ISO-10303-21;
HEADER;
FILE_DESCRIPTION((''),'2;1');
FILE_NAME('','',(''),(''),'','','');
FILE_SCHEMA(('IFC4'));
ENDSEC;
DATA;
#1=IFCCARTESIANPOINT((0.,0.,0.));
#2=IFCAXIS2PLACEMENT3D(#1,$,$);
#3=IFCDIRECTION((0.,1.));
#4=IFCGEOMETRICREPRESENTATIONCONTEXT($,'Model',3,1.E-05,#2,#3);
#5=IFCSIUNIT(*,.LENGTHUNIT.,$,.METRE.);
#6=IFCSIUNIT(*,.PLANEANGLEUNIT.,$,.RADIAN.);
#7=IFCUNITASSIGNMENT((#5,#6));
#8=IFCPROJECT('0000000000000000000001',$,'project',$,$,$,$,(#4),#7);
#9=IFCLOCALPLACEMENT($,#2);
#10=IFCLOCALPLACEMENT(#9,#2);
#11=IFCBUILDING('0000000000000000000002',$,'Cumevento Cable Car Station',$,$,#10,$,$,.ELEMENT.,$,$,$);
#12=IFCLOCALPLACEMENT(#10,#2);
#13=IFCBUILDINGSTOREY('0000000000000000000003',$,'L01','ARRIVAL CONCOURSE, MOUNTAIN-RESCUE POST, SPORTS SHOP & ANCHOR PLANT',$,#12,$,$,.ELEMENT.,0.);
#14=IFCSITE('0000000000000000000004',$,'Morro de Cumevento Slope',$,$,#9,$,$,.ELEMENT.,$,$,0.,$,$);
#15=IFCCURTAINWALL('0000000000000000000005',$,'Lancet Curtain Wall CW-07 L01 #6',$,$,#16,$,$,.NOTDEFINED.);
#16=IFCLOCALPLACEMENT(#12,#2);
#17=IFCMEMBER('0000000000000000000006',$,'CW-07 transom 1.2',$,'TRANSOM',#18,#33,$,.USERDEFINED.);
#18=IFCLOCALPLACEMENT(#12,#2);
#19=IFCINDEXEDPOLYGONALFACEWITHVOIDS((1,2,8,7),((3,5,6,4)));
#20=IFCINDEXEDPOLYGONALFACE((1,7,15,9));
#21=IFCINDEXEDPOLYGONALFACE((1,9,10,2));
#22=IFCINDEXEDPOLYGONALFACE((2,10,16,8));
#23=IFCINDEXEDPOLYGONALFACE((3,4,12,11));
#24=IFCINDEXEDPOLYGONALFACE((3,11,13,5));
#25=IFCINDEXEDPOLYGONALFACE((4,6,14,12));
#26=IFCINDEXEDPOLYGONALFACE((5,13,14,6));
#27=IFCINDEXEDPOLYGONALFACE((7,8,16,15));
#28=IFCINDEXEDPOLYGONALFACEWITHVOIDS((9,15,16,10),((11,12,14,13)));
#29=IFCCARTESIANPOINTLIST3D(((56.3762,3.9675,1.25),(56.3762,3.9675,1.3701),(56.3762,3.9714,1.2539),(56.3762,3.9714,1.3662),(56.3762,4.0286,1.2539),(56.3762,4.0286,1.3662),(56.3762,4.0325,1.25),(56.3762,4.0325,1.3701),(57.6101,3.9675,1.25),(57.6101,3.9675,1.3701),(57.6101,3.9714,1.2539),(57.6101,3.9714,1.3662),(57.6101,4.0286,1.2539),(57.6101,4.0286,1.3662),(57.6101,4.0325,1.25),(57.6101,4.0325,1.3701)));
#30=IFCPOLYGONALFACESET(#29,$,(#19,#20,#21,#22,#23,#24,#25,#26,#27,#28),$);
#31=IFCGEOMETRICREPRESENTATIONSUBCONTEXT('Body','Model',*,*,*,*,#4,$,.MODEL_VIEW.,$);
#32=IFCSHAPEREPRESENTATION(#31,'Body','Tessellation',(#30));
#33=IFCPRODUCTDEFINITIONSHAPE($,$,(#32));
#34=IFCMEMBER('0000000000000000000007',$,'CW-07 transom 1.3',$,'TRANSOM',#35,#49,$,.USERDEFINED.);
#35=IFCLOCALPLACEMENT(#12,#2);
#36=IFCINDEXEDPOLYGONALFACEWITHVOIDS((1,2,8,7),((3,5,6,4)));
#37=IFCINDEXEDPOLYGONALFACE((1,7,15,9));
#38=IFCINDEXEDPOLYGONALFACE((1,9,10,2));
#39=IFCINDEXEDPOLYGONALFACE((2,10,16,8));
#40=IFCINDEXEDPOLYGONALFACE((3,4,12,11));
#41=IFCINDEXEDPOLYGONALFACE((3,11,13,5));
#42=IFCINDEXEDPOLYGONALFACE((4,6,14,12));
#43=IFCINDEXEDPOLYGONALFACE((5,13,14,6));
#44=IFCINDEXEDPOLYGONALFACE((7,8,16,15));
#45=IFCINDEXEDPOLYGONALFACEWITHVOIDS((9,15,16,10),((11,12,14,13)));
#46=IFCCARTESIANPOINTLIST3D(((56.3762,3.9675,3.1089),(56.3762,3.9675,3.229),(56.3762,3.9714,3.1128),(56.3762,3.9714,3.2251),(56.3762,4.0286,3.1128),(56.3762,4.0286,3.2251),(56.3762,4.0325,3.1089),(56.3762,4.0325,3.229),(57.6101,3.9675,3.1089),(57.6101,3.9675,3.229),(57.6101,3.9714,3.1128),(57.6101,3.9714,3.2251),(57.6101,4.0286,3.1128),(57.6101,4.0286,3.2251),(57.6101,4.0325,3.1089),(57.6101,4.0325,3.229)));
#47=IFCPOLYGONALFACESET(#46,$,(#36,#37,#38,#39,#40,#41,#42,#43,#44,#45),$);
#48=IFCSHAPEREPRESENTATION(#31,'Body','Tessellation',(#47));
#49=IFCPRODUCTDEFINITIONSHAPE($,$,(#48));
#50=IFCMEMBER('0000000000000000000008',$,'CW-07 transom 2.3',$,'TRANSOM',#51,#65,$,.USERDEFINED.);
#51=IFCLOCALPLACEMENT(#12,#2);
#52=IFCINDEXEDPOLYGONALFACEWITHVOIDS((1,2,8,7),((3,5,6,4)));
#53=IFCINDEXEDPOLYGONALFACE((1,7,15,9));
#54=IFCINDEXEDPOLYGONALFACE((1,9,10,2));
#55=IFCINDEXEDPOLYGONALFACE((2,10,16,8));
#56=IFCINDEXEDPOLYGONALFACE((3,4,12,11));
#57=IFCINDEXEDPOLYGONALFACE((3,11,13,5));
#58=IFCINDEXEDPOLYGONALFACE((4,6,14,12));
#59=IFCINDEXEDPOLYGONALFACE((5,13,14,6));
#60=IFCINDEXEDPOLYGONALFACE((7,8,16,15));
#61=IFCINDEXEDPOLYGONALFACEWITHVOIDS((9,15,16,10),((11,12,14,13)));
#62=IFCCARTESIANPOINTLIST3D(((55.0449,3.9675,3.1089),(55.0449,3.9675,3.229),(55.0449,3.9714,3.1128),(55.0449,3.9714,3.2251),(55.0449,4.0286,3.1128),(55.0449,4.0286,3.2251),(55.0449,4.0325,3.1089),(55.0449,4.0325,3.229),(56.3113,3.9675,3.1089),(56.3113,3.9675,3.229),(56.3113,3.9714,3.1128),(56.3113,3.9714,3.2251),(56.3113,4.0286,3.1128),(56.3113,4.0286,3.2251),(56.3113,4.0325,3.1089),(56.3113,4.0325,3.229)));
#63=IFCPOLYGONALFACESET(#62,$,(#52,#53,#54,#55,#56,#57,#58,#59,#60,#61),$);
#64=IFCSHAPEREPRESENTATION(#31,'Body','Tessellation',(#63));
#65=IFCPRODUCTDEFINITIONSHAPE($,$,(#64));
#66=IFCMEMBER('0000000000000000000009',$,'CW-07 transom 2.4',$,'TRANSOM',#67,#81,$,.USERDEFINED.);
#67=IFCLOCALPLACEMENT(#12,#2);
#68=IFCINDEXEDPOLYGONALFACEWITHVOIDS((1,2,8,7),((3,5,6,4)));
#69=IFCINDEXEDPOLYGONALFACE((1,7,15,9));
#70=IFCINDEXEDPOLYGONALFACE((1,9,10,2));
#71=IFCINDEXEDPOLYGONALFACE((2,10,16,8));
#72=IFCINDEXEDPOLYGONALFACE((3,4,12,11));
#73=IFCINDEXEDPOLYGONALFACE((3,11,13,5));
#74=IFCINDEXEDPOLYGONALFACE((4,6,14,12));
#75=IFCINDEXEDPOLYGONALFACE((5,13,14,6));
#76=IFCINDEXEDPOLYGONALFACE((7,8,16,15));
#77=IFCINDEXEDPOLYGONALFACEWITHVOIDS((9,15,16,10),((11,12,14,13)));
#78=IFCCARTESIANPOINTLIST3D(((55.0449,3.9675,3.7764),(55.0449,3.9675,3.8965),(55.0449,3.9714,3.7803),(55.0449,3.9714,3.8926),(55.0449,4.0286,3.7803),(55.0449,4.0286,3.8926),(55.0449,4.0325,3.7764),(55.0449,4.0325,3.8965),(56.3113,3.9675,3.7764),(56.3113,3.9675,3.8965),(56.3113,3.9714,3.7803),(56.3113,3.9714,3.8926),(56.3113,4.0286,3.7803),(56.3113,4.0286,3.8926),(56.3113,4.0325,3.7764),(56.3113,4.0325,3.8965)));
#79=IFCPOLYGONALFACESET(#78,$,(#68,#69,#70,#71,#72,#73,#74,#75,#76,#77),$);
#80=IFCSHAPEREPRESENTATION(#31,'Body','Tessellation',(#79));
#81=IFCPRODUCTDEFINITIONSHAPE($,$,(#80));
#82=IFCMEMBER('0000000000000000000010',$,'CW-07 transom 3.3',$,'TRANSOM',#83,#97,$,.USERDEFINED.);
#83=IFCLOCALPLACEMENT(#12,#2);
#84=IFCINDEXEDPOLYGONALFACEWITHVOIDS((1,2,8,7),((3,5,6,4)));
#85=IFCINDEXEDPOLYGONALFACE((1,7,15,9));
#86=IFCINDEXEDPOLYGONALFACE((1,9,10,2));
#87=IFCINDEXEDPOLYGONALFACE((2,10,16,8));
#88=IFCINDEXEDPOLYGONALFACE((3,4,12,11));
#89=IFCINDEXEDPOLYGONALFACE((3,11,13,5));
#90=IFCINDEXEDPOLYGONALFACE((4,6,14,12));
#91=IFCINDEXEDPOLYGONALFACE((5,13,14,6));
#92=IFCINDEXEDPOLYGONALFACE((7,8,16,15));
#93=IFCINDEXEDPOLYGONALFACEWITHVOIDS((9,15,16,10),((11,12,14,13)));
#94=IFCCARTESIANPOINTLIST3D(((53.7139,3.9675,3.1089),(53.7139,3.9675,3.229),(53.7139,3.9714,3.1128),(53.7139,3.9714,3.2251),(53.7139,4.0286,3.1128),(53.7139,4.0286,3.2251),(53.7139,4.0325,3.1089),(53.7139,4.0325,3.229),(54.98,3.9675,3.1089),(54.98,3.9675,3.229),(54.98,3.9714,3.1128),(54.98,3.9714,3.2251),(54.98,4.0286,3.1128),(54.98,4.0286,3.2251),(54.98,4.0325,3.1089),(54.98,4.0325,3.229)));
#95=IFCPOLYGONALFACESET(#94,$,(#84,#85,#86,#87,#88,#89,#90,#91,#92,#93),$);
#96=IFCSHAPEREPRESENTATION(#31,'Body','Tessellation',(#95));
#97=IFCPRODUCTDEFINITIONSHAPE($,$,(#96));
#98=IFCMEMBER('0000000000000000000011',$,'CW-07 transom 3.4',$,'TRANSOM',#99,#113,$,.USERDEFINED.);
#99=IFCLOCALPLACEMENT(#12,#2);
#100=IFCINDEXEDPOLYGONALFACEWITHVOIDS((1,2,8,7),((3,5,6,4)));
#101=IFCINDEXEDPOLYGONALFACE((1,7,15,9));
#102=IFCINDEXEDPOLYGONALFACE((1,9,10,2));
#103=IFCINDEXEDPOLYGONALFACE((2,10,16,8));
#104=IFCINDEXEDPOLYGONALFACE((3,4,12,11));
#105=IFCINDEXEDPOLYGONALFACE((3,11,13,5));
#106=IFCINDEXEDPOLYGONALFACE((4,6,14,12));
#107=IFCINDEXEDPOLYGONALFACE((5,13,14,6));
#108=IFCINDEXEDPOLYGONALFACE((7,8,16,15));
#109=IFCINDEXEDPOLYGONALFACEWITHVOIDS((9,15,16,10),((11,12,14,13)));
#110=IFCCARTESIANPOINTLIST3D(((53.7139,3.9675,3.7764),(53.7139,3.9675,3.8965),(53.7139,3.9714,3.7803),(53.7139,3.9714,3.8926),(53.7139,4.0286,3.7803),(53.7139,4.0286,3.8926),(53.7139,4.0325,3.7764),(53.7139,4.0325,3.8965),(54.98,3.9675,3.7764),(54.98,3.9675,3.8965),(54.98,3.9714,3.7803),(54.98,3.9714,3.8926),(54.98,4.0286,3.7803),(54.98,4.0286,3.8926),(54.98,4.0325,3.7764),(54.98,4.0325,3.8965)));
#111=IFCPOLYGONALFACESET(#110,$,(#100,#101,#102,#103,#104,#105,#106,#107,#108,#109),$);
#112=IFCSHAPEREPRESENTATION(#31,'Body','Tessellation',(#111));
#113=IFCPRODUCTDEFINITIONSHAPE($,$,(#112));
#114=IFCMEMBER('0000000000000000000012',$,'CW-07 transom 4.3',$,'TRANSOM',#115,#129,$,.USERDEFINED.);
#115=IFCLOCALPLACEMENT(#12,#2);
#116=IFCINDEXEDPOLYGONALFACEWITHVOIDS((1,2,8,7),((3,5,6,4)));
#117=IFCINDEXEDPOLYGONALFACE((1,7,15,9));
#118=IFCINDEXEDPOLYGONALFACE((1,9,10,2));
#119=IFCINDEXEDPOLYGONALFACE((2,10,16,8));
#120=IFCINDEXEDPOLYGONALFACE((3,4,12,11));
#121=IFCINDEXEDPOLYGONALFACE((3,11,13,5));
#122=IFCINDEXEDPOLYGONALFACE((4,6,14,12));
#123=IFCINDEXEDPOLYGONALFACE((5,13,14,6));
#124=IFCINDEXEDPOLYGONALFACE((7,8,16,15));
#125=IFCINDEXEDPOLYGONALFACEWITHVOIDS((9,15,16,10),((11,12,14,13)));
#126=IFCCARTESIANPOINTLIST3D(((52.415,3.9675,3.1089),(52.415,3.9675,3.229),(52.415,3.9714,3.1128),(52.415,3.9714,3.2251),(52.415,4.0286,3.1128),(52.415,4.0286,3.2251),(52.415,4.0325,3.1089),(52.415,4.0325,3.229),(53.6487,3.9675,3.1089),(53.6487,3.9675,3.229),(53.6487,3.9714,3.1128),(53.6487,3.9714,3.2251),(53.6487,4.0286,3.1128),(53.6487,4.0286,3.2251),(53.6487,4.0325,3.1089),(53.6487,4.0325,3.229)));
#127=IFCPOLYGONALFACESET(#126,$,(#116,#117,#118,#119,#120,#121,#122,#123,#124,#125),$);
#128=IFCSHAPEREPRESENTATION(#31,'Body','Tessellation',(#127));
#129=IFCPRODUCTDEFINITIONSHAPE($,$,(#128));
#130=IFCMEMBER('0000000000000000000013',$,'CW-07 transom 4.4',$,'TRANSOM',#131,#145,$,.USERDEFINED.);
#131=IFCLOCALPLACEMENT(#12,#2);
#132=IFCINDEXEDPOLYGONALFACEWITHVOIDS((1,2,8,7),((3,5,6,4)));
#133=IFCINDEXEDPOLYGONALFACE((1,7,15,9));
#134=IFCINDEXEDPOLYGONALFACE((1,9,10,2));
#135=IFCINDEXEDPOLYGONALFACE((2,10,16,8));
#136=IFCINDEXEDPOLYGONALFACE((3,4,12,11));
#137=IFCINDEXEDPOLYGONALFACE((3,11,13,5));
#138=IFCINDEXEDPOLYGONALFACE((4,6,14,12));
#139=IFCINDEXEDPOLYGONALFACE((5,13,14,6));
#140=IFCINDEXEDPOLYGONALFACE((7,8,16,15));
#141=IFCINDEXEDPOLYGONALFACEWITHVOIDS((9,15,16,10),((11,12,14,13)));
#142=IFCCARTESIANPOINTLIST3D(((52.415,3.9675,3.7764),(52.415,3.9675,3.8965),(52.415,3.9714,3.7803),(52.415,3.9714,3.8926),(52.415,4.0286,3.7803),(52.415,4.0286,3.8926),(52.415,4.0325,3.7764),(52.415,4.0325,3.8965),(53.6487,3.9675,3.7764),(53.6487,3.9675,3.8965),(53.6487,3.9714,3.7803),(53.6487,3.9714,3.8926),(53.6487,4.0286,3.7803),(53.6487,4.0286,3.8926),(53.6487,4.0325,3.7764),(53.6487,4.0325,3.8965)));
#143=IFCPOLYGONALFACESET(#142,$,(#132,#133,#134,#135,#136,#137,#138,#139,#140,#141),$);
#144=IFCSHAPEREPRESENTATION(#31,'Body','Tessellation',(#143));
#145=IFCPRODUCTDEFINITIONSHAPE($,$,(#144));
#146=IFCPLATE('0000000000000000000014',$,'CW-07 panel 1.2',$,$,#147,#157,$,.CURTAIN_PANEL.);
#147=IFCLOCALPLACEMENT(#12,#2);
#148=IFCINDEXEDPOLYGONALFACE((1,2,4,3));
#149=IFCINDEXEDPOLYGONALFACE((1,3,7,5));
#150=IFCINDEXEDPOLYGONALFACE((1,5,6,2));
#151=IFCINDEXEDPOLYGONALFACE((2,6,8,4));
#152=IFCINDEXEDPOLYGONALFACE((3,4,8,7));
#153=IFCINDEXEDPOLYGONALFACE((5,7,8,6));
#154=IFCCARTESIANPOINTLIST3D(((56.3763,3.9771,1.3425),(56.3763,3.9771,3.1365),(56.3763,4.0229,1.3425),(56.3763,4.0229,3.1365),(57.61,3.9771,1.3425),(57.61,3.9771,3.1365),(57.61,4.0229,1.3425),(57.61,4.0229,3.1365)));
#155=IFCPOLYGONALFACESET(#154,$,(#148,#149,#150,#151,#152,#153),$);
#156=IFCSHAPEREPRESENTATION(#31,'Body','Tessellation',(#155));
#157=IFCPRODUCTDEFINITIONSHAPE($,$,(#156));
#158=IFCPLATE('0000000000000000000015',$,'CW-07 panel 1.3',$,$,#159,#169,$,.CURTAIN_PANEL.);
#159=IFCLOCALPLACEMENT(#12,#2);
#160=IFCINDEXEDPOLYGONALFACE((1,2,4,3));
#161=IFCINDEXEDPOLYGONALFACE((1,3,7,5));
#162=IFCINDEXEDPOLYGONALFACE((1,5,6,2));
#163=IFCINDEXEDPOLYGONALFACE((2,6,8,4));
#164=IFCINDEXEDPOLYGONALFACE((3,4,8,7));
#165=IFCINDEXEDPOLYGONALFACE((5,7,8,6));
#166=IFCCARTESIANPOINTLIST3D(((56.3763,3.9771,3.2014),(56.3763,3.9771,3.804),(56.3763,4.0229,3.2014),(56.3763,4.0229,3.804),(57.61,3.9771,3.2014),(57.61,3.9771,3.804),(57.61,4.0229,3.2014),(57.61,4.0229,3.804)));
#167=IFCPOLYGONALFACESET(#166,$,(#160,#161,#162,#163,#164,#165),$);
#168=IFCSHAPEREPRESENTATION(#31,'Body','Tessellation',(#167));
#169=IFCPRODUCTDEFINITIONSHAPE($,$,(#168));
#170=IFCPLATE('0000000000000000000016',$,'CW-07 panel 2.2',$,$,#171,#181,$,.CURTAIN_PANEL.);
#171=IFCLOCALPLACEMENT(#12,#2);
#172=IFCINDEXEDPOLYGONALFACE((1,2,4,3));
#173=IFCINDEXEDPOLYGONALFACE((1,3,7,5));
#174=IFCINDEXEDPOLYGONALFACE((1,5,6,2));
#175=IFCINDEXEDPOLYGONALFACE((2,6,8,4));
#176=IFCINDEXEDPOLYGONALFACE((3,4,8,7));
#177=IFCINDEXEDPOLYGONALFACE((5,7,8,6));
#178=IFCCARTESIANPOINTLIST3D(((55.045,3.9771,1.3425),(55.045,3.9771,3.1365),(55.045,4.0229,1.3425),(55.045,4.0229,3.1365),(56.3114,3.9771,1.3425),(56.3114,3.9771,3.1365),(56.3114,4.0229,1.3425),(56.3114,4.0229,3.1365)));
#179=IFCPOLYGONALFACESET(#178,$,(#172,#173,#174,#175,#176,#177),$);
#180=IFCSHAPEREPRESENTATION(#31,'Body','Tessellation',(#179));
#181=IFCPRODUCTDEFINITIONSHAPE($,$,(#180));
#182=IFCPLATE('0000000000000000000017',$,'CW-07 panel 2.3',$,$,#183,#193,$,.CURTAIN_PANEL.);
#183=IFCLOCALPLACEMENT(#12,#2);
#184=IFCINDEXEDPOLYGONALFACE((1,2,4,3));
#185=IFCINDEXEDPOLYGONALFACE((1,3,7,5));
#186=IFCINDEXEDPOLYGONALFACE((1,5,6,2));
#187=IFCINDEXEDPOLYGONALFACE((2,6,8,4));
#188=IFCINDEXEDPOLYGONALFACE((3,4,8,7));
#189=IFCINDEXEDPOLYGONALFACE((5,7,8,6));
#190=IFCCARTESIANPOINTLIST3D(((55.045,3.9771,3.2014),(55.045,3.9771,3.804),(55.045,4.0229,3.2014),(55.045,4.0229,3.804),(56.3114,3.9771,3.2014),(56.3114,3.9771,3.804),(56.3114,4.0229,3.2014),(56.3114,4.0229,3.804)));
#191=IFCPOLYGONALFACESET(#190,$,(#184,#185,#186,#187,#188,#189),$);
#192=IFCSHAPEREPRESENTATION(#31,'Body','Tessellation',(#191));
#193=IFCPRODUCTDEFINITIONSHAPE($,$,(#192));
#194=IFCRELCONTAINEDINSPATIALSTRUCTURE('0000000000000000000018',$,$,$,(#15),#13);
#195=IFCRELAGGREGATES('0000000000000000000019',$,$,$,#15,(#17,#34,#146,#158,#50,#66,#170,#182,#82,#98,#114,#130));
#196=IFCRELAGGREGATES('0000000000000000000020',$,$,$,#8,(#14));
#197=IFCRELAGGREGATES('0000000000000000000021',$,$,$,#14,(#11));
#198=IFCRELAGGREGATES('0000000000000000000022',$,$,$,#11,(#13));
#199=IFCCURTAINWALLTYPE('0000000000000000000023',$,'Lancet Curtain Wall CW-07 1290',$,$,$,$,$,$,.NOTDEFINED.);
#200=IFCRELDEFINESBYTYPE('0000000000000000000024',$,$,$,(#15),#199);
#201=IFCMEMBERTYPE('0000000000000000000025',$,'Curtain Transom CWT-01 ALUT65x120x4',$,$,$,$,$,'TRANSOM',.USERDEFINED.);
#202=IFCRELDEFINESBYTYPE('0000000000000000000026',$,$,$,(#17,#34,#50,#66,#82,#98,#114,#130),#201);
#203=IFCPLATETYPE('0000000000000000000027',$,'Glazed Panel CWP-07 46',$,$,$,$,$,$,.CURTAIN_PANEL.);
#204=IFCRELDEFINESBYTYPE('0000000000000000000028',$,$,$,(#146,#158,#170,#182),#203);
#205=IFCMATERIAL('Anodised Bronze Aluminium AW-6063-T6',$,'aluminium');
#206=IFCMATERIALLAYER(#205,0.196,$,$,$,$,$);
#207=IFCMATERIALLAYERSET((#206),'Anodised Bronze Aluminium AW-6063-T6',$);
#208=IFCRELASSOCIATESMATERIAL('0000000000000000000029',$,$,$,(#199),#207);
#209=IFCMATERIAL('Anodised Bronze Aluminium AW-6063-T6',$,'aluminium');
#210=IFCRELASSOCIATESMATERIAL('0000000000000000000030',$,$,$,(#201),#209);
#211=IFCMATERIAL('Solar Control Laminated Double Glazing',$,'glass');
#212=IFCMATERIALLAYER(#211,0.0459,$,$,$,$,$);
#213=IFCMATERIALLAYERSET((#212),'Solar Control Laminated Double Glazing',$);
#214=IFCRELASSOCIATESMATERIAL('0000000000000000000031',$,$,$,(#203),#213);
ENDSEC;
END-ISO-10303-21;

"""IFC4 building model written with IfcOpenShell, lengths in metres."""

from ifc_helpers import new_model, si_unit, direction, frame, origin, origin_2d, place, context, subcontext, project, spatial, rectangle, hollow_rectangle, extrude, material, layer, layer_set, material_profile, profile_set, type_object, element, aggregate, save


model = new_model("IFC4")

# Units and contexts
model_context = context("Model", 3, precision=1e-05, world=origin(), true_north=direction((0.0, 1.0)))
body_context = subcontext(model_context, "Body", "Model", "MODEL_VIEW")
ifc_project = project(units=[si_unit("LENGTHUNIT", "METRE"), si_unit("PLANEANGLEUNIT", "RADIAN")], contexts=[model_context])

# Site, building, storey
site_placement = place(None, origin())
site = spatial("IfcSite", under=ifc_project, at=site_placement, Name="Morro de Cumevento Slope", CompositionType="ELEMENT", RefElevation=0.0)
building_placement = place(site_placement, origin())
building = spatial("IfcBuilding", under=site, at=building_placement, Name="Cumevento Cable Car Station", CompositionType="ELEMENT")
storey_placement = place(building_placement, origin())
storey = spatial("IfcBuildingStorey", under=building, at=storey_placement, Name="L01", Description="ARRIVAL CONCOURSE, MOUNTAIN-RESCUE POST, SPORTS SHOP & ANCHOR PLANT", CompositionType="ELEMENT", Elevation=0.0)

# Curtain wall, members, plates
ifc_material_1 = material(Name="Anodised Bronze Aluminium AW-6063-T6", Category="aluminium")
ifc_layer_1 = layer(ifc_material_1, 0.196)
ifc_layer_set_1 = layer_set([ifc_layer_1], Name="Anodised Bronze Aluminium AW-6063-T6")
curtain_wall_type = type_object("IfcCurtainWallType", Name="Lancet Curtain Wall CW-07 1290", PredefinedType="NOTDEFINED", material=ifc_layer_set_1)
curtain_wall_placement = place(storey_placement, origin())
curtain_wall = element("IfcCurtainWall", 1, at=curtain_wall_placement, inside=storey, type_object=curtain_wall_type, Name="Lancet Curtain Wall CW-07 L01 #6", PredefinedType="NOTDEFINED")
ifc_material_2 = material(Name="Anodised Bronze Aluminium AW-6063-T6", Category="aluminium")
ifc_material_profile = material_profile(ifc_material_2, hollow_rectangle(XDim=0.0649, YDim=0.1201, WallThickness=0.0039, at=origin_2d()), Name="ALUT65x120x4")
ifc_profile_set = profile_set([ifc_material_profile], Name="Anodised Bronze Aluminium AW-6063-T6")
member_type = type_object("IfcMemberType", Name="Curtain Transom CWT-01 ALUT65x120x4", ElementType="TRANSOM", PredefinedType="USERDEFINED", material=ifc_profile_set)
member_1_placement = place(storey_placement, frame((57.6101, 4.0, 1.3101), z_axis=(-1.0, 0.0, 0.0), x_axis=(0.0, -1.0, 0.0)))
member_1 = element("IfcMember", 2, at=member_1_placement, type_object=member_type, Name="CW-07 transom 1.2", ObjectType="TRANSOM", PredefinedType="USERDEFINED", context=body_context, shape_type="SweptSolid", body=[
    extrude(hollow_rectangle(XDim=0.0649, YDim=0.1201, WallThickness=0.0039, at=origin_2d()), origin(), (0.0, 0.0, 1.0), 1.2339),
])
member_2_placement = place(storey_placement, frame((57.6101, 4.0, 3.1689), z_axis=(-1.0, 0.0, 0.0), x_axis=(0.0, -1.0, 0.0)))
member_2 = element("IfcMember", 3, at=member_2_placement, type_object=member_type, Name="CW-07 transom 1.3", ObjectType="TRANSOM", PredefinedType="USERDEFINED", context=body_context, shape_type="SweptSolid", body=[
    extrude(hollow_rectangle(XDim=0.0649, YDim=0.1201, WallThickness=0.0039, at=origin_2d()), origin(), (0.0, 0.0, 1.0), 1.2339),
])
member_3_placement = place(storey_placement, frame((56.3113, 4.0, 3.1689), z_axis=(-1.0, 0.0, 0.0), x_axis=(0.0, -1.0, 0.0)))
member_3 = element("IfcMember", 4, at=member_3_placement, type_object=member_type, Name="CW-07 transom 2.3", ObjectType="TRANSOM", PredefinedType="USERDEFINED", context=body_context, shape_type="SweptSolid", body=[
    extrude(hollow_rectangle(XDim=0.0649, YDim=0.1201, WallThickness=0.0039, at=origin_2d()), origin(), (0.0, 0.0, 1.0), 1.2664),
])
member_4_placement = place(storey_placement, frame((56.3113, 4.0, 3.8364), z_axis=(-1.0, 0.0, 0.0), x_axis=(0.0, -1.0, 0.0)))
member_4 = element("IfcMember", 5, at=member_4_placement, type_object=member_type, Name="CW-07 transom 2.4", ObjectType="TRANSOM", PredefinedType="USERDEFINED", context=body_context, shape_type="SweptSolid", body=[
    extrude(hollow_rectangle(XDim=0.0649, YDim=0.1201, WallThickness=0.0039, at=origin_2d()), origin(), (0.0, 0.0, 1.0), 1.2664),
])
member_5_placement = place(storey_placement, frame((54.98, 4.0, 3.1689), z_axis=(-1.0, 0.0, 0.0), x_axis=(0.0, -1.0, 0.0)))
member_5 = element("IfcMember", 6, at=member_5_placement, type_object=member_type, Name="CW-07 transom 3.3", ObjectType="TRANSOM", PredefinedType="USERDEFINED", context=body_context, shape_type="SweptSolid", body=[
    extrude(hollow_rectangle(XDim=0.0649, YDim=0.1201, WallThickness=0.0039, at=origin_2d()), origin(), (0.0, 0.0, 1.0), 1.2661),
])
member_6_placement = place(storey_placement, frame((54.98, 4.0, 3.8364), z_axis=(-1.0, 0.0, 0.0), x_axis=(0.0, -1.0, 0.0)))
member_6 = element("IfcMember", 7, at=member_6_placement, type_object=member_type, Name="CW-07 transom 3.4", ObjectType="TRANSOM", PredefinedType="USERDEFINED", context=body_context, shape_type="SweptSolid", body=[
    extrude(hollow_rectangle(XDim=0.0649, YDim=0.1201, WallThickness=0.0039, at=origin_2d()), origin(), (0.0, 0.0, 1.0), 1.2661),
])
member_7_placement = place(storey_placement, frame((53.6487, 4.0, 3.1689), z_axis=(-1.0, 0.0, 0.0), x_axis=(0.0, -1.0, 0.0)))
member_7 = element("IfcMember", 8, at=member_7_placement, type_object=member_type, Name="CW-07 transom 4.3", ObjectType="TRANSOM", PredefinedType="USERDEFINED", context=body_context, shape_type="SweptSolid", body=[
    extrude(hollow_rectangle(XDim=0.0649, YDim=0.1201, WallThickness=0.0039, at=origin_2d()), origin(), (0.0, 0.0, 1.0), 1.2336),
])
member_8_placement = place(storey_placement, frame((53.6487, 4.0, 3.8364), z_axis=(-1.0, 0.0, 0.0), x_axis=(0.0, -1.0, 0.0)))
member_8 = element("IfcMember", 9, at=member_8_placement, type_object=member_type, Name="CW-07 transom 4.4", ObjectType="TRANSOM", PredefinedType="USERDEFINED", context=body_context, shape_type="SweptSolid", body=[
    extrude(hollow_rectangle(XDim=0.0649, YDim=0.1201, WallThickness=0.0039, at=origin_2d()), origin(), (0.0, 0.0, 1.0), 1.2336),
])
ifc_material_3 = material(Name="Solar Control Laminated Double Glazing", Category="glass")
ifc_layer_2 = layer(ifc_material_3, 0.0459)
ifc_layer_set_2 = layer_set([ifc_layer_2], Name="Solar Control Laminated Double Glazing")
plate_type = type_object("IfcPlateType", Name="Glazed Panel CWP-07 46", PredefinedType="CURTAIN_PANEL", material=ifc_layer_set_2)
plate_1_placement = place(storey_placement, frame((56.9932, 4.0, 1.3425), z_axis=(0.0, 0.0, 1.0), x_axis=(-1.0, 0.0, 0.0)))
plate_1 = element("IfcPlate", 10, at=plate_1_placement, type_object=plate_type, Name="CW-07 panel 1.2", PredefinedType="CURTAIN_PANEL", context=body_context, shape_type="SweptSolid", body=[
    extrude(rectangle(XDim=1.2336, YDim=0.0459, at=origin_2d()), origin(), (0.0, 0.0, 1.0), 1.7939),
])
plate_2_placement = place(storey_placement, frame((56.9932, 4.0, 3.2014), z_axis=(0.0, 0.0, 1.0), x_axis=(-1.0, 0.0, 0.0)))
plate_2 = element("IfcPlate", 11, at=plate_2_placement, type_object=plate_type, Name="CW-07 panel 1.3", PredefinedType="CURTAIN_PANEL", context=body_context, shape_type="SweptSolid", body=[
    extrude(rectangle(XDim=1.2336, YDim=0.0459, at=origin_2d()), origin(), (0.0, 0.0, 1.0), 0.6025),
])
plate_3_placement = place(storey_placement, frame((55.6782, 4.0, 1.3425), z_axis=(0.0, 0.0, 1.0), x_axis=(-1.0, 0.0, 0.0)))
plate_3 = element("IfcPlate", 12, at=plate_3_placement, type_object=plate_type, Name="CW-07 panel 2.2", PredefinedType="CURTAIN_PANEL", context=body_context, shape_type="SweptSolid", body=[
    extrude(rectangle(XDim=1.2664, YDim=0.0459, at=origin_2d()), origin(), (0.0, 0.0, 1.0), 1.7939),
])
plate_4_placement = place(storey_placement, frame((55.6782, 4.0, 3.2014), z_axis=(0.0, 0.0, 1.0), x_axis=(-1.0, 0.0, 0.0)))
plate_4 = element("IfcPlate", 13, at=plate_4_placement, type_object=plate_type, Name="CW-07 panel 2.3", PredefinedType="CURTAIN_PANEL", context=body_context, shape_type="SweptSolid", body=[
    extrude(rectangle(XDim=1.2664, YDim=0.0459, at=origin_2d()), origin(), (0.0, 0.0, 1.0), 0.6025),
])
aggregate(curtain_wall, [member_1, member_2, plate_1, plate_2, member_3, member_4, plate_3, plate_4, member_5, member_6, member_7, member_8])

save(model, "model.ifc")
